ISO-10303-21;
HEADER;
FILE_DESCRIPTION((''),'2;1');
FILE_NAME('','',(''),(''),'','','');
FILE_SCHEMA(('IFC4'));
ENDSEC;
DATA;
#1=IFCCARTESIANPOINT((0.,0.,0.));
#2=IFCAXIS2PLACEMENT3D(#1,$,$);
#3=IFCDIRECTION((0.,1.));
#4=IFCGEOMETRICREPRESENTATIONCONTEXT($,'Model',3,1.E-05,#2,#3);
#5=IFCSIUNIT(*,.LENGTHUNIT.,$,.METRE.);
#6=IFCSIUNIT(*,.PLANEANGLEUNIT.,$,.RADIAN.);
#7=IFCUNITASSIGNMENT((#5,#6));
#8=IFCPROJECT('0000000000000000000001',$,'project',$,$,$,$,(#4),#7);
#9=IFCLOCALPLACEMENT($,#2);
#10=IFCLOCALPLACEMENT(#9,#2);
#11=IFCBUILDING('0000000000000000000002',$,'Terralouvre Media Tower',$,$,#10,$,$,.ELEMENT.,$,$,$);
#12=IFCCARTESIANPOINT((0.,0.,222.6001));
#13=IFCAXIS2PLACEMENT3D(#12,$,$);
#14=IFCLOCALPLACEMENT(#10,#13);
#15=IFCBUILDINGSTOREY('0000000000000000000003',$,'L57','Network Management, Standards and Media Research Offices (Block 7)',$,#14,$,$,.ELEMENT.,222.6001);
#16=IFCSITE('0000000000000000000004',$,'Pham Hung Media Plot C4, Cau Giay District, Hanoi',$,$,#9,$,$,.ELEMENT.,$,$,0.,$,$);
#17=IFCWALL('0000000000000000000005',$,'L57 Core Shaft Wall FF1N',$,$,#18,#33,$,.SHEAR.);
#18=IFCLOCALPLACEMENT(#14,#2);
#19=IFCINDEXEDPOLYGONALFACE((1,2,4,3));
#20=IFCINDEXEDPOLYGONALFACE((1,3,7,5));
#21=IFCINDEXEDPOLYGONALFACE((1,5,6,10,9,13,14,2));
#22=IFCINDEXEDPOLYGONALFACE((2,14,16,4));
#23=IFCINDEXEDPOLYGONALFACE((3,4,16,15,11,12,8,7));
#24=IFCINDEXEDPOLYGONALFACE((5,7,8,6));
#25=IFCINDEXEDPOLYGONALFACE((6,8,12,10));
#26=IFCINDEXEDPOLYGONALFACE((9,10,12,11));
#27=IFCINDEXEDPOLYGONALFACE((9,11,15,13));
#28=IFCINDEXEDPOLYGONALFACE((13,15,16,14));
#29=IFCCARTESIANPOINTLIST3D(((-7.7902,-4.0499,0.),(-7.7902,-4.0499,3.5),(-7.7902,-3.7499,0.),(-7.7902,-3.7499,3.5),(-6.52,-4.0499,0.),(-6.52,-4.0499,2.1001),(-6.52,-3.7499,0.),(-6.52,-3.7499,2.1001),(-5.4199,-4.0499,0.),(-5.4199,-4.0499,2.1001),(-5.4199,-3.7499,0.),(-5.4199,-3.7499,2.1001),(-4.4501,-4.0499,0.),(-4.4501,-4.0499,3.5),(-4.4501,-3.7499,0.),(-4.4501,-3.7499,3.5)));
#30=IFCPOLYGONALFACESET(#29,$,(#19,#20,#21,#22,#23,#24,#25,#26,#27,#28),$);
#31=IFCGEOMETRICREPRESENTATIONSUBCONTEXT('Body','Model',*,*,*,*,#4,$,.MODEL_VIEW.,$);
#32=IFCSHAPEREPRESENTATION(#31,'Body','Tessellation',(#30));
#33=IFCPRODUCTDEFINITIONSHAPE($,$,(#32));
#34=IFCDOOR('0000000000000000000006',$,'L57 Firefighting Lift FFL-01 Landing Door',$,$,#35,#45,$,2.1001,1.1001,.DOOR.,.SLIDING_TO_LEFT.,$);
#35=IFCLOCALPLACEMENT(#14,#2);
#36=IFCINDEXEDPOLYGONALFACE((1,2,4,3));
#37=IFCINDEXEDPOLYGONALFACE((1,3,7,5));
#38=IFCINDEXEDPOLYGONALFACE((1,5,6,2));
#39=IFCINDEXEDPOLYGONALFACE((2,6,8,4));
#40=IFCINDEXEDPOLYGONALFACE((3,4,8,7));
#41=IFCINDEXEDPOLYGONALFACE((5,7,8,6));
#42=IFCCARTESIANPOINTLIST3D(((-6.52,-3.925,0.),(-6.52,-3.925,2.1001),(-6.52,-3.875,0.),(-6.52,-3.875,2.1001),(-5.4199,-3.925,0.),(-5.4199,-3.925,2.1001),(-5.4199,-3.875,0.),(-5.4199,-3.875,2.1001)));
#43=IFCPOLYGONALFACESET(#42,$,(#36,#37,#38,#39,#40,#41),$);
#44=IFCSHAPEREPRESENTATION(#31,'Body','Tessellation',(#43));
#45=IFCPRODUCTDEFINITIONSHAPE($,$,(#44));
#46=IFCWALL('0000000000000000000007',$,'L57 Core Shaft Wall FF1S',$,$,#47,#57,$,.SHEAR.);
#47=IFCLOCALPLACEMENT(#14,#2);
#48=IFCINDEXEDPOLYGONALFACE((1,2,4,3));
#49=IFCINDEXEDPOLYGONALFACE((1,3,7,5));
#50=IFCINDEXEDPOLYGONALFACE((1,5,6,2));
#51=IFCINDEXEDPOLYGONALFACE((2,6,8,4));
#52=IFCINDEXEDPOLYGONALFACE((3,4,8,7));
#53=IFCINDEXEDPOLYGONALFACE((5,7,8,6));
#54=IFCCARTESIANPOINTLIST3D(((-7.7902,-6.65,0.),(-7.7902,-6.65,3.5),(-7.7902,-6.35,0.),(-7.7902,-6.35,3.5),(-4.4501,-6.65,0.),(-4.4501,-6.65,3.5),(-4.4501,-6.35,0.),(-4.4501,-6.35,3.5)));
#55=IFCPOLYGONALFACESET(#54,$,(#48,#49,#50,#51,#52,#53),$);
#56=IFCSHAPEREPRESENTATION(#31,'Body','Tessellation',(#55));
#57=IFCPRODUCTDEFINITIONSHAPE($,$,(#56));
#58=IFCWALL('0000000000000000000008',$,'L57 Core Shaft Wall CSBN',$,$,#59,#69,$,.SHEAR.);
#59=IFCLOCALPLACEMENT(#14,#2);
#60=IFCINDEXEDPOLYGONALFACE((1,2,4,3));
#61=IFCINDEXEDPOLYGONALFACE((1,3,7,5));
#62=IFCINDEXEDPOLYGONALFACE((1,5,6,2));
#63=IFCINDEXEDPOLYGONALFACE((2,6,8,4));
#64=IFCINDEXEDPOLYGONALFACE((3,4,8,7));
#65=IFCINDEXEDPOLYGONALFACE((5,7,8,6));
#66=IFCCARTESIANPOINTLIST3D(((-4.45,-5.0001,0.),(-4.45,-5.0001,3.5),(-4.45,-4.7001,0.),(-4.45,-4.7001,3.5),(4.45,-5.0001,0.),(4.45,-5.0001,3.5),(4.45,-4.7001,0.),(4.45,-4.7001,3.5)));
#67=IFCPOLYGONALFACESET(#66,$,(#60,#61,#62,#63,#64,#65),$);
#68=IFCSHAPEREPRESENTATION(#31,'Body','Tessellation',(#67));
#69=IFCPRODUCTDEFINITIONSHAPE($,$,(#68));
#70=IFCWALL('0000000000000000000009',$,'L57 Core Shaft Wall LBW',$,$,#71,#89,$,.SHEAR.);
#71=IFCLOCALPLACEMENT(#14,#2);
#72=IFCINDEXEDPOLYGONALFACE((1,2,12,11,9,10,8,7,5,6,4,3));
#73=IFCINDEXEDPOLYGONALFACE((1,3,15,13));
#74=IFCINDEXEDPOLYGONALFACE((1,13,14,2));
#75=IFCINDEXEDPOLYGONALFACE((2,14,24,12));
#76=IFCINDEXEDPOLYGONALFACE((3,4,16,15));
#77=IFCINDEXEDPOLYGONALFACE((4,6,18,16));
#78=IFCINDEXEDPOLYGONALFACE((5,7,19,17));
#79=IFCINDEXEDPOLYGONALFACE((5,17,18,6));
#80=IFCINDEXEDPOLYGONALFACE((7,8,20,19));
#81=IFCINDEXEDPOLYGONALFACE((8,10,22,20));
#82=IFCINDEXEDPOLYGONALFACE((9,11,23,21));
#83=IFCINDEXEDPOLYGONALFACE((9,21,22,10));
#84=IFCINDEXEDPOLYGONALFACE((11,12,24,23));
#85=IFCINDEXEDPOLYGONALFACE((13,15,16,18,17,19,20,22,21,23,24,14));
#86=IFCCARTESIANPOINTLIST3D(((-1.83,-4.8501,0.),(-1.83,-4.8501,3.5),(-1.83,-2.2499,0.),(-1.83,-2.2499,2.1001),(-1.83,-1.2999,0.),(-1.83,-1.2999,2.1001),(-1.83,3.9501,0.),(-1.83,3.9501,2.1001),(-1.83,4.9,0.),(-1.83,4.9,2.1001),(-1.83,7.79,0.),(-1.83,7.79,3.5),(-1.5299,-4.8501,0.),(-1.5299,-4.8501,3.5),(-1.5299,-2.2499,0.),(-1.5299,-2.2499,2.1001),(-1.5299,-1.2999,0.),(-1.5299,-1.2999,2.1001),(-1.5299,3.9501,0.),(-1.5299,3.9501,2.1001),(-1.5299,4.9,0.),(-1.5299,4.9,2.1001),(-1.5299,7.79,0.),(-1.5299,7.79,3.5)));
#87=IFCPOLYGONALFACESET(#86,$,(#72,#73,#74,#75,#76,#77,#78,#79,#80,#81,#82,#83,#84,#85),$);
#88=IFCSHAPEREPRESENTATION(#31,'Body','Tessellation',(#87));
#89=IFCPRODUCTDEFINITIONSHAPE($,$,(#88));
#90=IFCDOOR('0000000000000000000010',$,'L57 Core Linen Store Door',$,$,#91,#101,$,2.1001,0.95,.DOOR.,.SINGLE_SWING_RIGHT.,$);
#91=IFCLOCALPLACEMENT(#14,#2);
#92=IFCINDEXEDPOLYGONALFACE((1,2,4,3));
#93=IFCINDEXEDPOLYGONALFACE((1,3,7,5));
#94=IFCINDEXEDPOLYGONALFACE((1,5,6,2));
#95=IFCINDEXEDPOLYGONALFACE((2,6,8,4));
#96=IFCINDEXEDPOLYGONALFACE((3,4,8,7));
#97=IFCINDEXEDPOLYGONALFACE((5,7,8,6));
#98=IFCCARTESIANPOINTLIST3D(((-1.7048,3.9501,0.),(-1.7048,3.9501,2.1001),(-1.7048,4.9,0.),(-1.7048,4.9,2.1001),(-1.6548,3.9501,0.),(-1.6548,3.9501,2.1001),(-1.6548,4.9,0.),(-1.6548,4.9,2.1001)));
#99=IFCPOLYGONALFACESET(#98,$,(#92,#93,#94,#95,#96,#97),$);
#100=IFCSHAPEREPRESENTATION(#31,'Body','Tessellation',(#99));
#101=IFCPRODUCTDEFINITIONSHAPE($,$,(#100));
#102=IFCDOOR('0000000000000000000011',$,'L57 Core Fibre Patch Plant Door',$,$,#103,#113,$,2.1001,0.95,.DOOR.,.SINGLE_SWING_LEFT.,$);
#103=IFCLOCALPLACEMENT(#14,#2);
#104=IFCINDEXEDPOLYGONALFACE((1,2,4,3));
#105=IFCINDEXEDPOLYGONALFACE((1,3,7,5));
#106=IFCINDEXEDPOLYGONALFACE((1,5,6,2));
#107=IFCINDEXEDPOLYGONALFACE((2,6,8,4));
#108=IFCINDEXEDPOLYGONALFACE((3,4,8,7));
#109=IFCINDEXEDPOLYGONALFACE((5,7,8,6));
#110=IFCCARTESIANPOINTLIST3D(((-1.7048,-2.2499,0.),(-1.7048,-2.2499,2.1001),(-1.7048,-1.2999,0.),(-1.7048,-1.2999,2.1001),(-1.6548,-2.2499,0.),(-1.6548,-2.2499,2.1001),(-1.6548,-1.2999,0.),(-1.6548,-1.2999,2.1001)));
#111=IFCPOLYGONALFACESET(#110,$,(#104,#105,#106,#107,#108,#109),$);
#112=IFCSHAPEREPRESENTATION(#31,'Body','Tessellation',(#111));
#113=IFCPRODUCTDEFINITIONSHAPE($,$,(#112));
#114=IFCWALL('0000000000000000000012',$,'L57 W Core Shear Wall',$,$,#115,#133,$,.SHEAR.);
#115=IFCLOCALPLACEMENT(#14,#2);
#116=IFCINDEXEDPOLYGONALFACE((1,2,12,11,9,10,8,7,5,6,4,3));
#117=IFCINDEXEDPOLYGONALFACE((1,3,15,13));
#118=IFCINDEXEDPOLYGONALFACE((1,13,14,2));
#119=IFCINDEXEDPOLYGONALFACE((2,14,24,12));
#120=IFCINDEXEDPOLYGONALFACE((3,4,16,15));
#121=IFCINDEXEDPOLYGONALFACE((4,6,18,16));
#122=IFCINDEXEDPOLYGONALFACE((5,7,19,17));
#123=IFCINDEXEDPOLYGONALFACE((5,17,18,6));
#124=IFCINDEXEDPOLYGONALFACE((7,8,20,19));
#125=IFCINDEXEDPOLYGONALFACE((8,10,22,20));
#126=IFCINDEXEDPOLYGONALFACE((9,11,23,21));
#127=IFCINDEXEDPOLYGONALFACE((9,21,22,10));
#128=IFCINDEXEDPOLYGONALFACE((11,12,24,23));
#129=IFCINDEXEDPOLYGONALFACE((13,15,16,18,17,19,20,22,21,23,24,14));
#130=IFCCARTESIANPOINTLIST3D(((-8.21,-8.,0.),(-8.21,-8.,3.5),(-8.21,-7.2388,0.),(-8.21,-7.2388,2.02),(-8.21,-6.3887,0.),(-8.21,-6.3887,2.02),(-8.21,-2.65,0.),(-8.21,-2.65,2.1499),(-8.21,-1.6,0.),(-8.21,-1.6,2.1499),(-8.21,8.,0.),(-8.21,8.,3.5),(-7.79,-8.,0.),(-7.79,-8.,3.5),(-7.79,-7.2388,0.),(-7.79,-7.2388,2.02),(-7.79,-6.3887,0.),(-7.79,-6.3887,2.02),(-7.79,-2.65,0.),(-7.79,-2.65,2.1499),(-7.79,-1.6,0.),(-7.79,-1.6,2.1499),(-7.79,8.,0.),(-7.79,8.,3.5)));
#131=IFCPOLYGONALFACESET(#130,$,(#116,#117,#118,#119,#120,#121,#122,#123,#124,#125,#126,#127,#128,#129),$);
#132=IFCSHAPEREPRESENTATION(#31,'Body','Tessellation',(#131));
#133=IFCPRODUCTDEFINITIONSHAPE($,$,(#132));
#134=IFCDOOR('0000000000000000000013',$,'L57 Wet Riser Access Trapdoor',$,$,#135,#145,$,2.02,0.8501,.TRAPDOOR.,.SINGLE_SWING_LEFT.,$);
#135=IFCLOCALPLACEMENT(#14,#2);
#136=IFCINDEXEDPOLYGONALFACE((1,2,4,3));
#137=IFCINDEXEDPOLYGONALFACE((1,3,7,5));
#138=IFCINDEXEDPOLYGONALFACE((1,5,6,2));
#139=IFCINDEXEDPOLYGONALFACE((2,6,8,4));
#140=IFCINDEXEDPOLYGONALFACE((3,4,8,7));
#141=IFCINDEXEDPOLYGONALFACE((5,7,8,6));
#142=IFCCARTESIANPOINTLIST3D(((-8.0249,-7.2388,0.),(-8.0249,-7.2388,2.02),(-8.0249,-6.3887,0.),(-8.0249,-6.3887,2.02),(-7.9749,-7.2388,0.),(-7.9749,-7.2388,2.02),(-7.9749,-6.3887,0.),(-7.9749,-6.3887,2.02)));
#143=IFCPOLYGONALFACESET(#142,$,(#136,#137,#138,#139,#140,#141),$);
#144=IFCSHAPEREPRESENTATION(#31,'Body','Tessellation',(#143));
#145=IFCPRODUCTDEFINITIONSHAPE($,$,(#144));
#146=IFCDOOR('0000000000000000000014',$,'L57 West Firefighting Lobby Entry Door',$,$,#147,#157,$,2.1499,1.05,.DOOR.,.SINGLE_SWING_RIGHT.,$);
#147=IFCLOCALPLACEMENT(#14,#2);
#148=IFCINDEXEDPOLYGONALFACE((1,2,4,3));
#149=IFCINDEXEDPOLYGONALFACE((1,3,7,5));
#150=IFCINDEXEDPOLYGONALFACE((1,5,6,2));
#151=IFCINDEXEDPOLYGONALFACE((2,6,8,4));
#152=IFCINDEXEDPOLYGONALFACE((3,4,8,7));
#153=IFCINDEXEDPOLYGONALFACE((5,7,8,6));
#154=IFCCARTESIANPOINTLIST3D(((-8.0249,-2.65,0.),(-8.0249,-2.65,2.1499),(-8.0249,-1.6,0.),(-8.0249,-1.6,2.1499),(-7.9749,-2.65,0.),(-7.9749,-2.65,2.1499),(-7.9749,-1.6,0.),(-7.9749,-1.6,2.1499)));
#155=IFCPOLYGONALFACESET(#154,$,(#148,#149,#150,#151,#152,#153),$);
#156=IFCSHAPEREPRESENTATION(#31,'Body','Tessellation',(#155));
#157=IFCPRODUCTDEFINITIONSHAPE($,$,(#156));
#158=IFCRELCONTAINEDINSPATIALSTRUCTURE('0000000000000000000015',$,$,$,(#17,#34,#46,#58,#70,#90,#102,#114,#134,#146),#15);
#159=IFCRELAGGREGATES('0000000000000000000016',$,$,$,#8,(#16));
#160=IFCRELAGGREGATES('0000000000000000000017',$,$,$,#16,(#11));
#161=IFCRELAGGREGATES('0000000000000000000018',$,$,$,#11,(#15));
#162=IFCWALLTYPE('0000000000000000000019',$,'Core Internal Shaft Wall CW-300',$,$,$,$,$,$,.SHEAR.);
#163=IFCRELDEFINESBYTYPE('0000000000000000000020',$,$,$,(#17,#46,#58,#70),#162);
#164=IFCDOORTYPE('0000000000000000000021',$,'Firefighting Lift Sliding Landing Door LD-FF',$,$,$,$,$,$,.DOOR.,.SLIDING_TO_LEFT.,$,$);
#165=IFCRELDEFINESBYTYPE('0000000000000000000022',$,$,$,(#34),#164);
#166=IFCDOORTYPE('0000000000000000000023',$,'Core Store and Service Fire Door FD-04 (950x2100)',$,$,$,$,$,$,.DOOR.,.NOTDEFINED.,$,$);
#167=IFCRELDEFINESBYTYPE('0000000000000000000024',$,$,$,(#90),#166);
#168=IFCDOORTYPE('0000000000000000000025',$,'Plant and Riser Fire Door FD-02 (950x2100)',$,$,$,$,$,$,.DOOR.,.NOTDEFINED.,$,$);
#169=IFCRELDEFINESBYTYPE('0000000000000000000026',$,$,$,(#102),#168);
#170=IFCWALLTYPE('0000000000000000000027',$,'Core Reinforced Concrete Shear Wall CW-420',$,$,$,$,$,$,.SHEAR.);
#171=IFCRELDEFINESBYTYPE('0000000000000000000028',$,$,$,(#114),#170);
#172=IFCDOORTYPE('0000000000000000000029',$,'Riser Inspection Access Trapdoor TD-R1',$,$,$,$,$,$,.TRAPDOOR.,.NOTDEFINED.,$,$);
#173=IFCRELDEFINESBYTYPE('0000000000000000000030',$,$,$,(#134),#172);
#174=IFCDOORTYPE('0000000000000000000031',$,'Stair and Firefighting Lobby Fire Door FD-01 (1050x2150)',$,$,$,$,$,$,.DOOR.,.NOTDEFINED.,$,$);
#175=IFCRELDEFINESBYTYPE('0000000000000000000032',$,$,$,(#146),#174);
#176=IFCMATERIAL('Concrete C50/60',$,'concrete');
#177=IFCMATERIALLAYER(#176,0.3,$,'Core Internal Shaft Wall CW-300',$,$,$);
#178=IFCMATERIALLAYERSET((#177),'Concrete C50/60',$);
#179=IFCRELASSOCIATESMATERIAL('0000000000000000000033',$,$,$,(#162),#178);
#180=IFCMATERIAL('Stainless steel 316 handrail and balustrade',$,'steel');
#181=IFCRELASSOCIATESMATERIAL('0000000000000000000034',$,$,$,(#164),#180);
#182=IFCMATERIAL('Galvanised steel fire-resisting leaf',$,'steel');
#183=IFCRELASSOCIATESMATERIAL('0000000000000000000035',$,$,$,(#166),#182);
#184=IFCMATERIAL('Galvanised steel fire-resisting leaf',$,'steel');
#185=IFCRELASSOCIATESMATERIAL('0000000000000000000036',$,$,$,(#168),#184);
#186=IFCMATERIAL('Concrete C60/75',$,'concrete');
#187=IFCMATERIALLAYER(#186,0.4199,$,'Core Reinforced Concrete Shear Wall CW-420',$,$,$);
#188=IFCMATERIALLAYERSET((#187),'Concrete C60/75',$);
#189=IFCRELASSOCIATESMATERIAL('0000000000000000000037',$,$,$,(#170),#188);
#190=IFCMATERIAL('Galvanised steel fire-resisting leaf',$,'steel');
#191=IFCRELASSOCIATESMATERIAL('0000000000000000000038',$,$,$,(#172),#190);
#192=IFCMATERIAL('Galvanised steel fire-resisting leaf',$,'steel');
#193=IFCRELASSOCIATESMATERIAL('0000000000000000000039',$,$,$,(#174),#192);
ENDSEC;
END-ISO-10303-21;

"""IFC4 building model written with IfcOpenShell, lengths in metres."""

from ifc_helpers import new_model, si_unit, direction, frame, frame_2d, origin, place, context, subcontext, project, spatial, rectangle, extrude, material, layer, layer_set, type_object, element, fill, save


model = new_model("IFC4")

# Units and contexts
model_context = context("Model", 3, precision=1e-05, world=origin(), true_north=direction((0.0, 1.0)))
body_context = subcontext(model_context, "Body", "Model", "MODEL_VIEW")
ifc_project = project(units=[si_unit("LENGTHUNIT", "METRE"), si_unit("PLANEANGLEUNIT", "RADIAN")], contexts=[model_context])

# Site, building, storey
site_placement = place(None, origin())
site = spatial("IfcSite", under=ifc_project, at=site_placement, Name="Pham Hung Media Plot C4, Cau Giay District, Hanoi", CompositionType="ELEMENT", RefElevation=0.0)
building_placement = place(site_placement, origin())
building = spatial("IfcBuilding", under=site, at=building_placement, Name="Terralouvre Media Tower", CompositionType="ELEMENT")
storey_placement = place(building_placement, frame((0.0, 0.0, 222.6001)))
storey = spatial("IfcBuildingStorey", under=building, at=storey_placement, Name="L57", Description="Network Management, Standards and Media Research Offices (Block 7)", CompositionType="ELEMENT", Elevation=222.6001)

# Shared definitions
ifc_material_1 = material(Name="Concrete C50/60", Category="concrete")
ifc_layer_1 = layer(ifc_material_1, 0.3, Name="Core Internal Shaft Wall CW-300")
ifc_layer_set_1 = layer_set([ifc_layer_1], Name="Concrete C50/60")
wall_type_1 = type_object("IfcWallType", Name="Core Internal Shaft Wall CW-300", PredefinedType="SHEAR", material=ifc_layer_set_1)

# Wall, opening, door
wall_1_placement = place(storey_placement, frame((-7.79, -3.8999, 0.0), z_axis=(0.0, 0.0, 1.0), x_axis=(1.0, 0.0, 0.0)))
wall_1 = element("IfcWall", 1, at=wall_1_placement, inside=storey, type_object=wall_type_1, Name="L57 Core Shaft Wall FF1N", PredefinedType="SHEAR", context=body_context, shape_type="SweptSolid", body=[
    extrude(rectangle(XDim=3.3401, YDim=0.3, at=frame_2d((1.6699, 0.0))), origin(), (0.0, 0.0, 1.0), 3.5),
])
opening_1_placement = place(wall_1_placement, frame((1.27, 0.0, 0.0)))
opening_1 = element("IfcOpeningElement", 2, at=opening_1_placement, cuts=wall_1, PredefinedType="OPENING", context=body_context, shape_type="SweptSolid", body=[
    extrude(rectangle(XDim=1.1001, YDim=2.1001, at=frame_2d((0.55, 1.05))), frame((0.0, 0.1599, 0.0), z_axis=(0.0, -1.0, 0.0), x_axis=(1.0, 0.0, 0.0)), (0.0, 0.0, 1.0), 0.3201),
])
ifc_material_2 = material(Name="Stainless steel 316 handrail and balustrade", Category="steel")
door_type_1 = type_object("IfcDoorType", Name="Firefighting Lift Sliding Landing Door LD-FF", OperationType="SLIDING_TO_LEFT", PredefinedType="DOOR", material=ifc_material_2)
door_1_placement = place(opening_1_placement, origin())
door_1 = element("IfcDoor", 3, at=door_1_placement, inside=storey, type_object=door_type_1, Name="L57 Firefighting Lift FFL-01 Landing Door", OperationType="SLIDING_TO_LEFT", OverallHeight=2.1001, OverallWidth=1.1001, PredefinedType="DOOR", context=body_context, shape_type="SweptSolid", body=[
    extrude(rectangle(XDim=1.1001, YDim=2.1001, at=frame_2d((0.55, 1.05))), frame((0.0, 0.0249, 0.0), z_axis=(0.0, -1.0, 0.0), x_axis=(1.0, 0.0, 0.0)), (0.0, 0.0, 1.0), 0.05),
])
fill(opening_1, door_1)

# Walls
wall_2_placement = place(storey_placement, frame((-7.79, -6.5, 0.0), z_axis=(0.0, 0.0, 1.0), x_axis=(1.0, 0.0, 0.0)))
element("IfcWall", 4, at=wall_2_placement, inside=storey, type_object=wall_type_1, Name="L57 Core Shaft Wall FF1S", PredefinedType="SHEAR", context=body_context, shape_type="SweptSolid", body=[
    extrude(rectangle(XDim=3.3401, YDim=0.3, at=frame_2d((1.6699, 0.0))), origin(), (0.0, 0.0, 1.0), 3.5),
])
wall_3_placement = place(storey_placement, frame((-4.45, -4.8501, 0.0), z_axis=(0.0, 0.0, 1.0), x_axis=(1.0, 0.0, 0.0)))
element("IfcWall", 5, at=wall_3_placement, inside=storey, type_object=wall_type_1, Name="L57 Core Shaft Wall CSBN", PredefinedType="SHEAR", context=body_context, shape_type="SweptSolid", body=[
    extrude(rectangle(XDim=8.8999, YDim=0.3, at=frame_2d((4.45, 0.0))), origin(), (0.0, 0.0, 1.0), 3.5),
])

# Walls, openings, doors
wall_4_placement = place(storey_placement, frame((-1.6799, -4.8501, 0.0), z_axis=(0.0, 0.0, 1.0), x_axis=(0.0, 1.0, 0.0)))
wall_4 = element("IfcWall", 6, at=wall_4_placement, inside=storey, type_object=wall_type_1, Name="L57 Core Shaft Wall LBW", PredefinedType="SHEAR", context=body_context, shape_type="SweptSolid", body=[
    extrude(rectangle(XDim=12.6401, YDim=0.3, at=frame_2d((6.3201, 0.0))), origin(), (0.0, 0.0, 1.0), 3.5),
])
opening_2_placement = place(wall_4_placement, frame((2.6001, 0.0, 0.0)))
opening_2 = element("IfcOpeningElement", 7, at=opening_2_placement, cuts=wall_4, PredefinedType="OPENING", context=body_context, shape_type="SweptSolid", body=[
    extrude(rectangle(XDim=0.95, YDim=2.1001, at=frame_2d((0.4751, 1.05))), frame((0.0, 0.1599, 0.0), z_axis=(0.0, -1.0, 0.0), x_axis=(1.0, 0.0, 0.0)), (0.0, 0.0, 1.0), 0.3201),
])
opening_3_placement = place(wall_4_placement, frame((8.8, 0.0, 0.0)))
opening_3 = element("IfcOpeningElement", 8, at=opening_3_placement, cuts=wall_4, PredefinedType="OPENING", context=body_context, shape_type="SweptSolid", body=[
    extrude(rectangle(XDim=0.95, YDim=2.1001, at=frame_2d((0.4751, 1.05))), frame((0.0, 0.1599, 0.0), z_axis=(0.0, -1.0, 0.0), x_axis=(1.0, 0.0, 0.0)), (0.0, 0.0, 1.0), 0.3201),
])
ifc_material_3 = material(Name="Galvanised steel fire-resisting leaf", Category="steel")
door_type_2 = type_object("IfcDoorType", Name="Core Store and Service Fire Door FD-04 (950x2100)", OperationType="NOTDEFINED", PredefinedType="DOOR", material=ifc_material_3)
door_2_placement = place(opening_3_placement, origin())
door_2 = element("IfcDoor", 9, at=door_2_placement, inside=storey, type_object=door_type_2, Name="L57 Core Linen Store Door", OperationType="SINGLE_SWING_RIGHT", OverallHeight=2.1001, OverallWidth=0.95, PredefinedType="DOOR", context=body_context, shape_type="SweptSolid", body=[
    extrude(rectangle(XDim=0.95, YDim=2.1001, at=frame_2d((0.4751, 1.05))), frame((0.0, 0.0249, 0.0), z_axis=(0.0, -1.0, 0.0), x_axis=(1.0, 0.0, 0.0)), (0.0, 0.0, 1.0), 0.05),
])
fill(opening_3, door_2)
ifc_material_4 = material(Name="Galvanised steel fire-resisting leaf", Category="steel")
door_type_3 = type_object("IfcDoorType", Name="Plant and Riser Fire Door FD-02 (950x2100)", OperationType="NOTDEFINED", PredefinedType="DOOR", material=ifc_material_4)
door_3_placement = place(opening_2_placement, origin())
door_3 = element("IfcDoor", 10, at=door_3_placement, inside=storey, type_object=door_type_3, Name="L57 Core Fibre Patch Plant Door", OperationType="SINGLE_SWING_LEFT", OverallHeight=2.1001, OverallWidth=0.95, PredefinedType="DOOR", context=body_context, shape_type="SweptSolid", body=[
    extrude(rectangle(XDim=0.95, YDim=2.1001, at=frame_2d((0.4751, 1.05))), frame((0.0, 0.0249, 0.0), z_axis=(0.0, -1.0, 0.0), x_axis=(1.0, 0.0, 0.0)), (0.0, 0.0, 1.0), 0.05),
])
fill(opening_2, door_3)
ifc_material_5 = material(Name="Concrete C60/75", Category="concrete")
ifc_layer_2 = layer(ifc_material_5, 0.4199, Name="Core Reinforced Concrete Shear Wall CW-420")
ifc_layer_set_2 = layer_set([ifc_layer_2], Name="Concrete C60/75")
wall_type_2 = type_object("IfcWallType", Name="Core Reinforced Concrete Shear Wall CW-420", PredefinedType="SHEAR", material=ifc_layer_set_2)
wall_5_placement = place(storey_placement, frame((-8.0, -8.0, 0.0), z_axis=(0.0, 0.0, 1.0), x_axis=(0.0, 1.0, 0.0)))
wall_5 = element("IfcWall", 11, at=wall_5_placement, inside=storey, type_object=wall_type_2, Name="L57 W Core Shear Wall", PredefinedType="SHEAR", context=body_context, shape_type="SweptSolid", body=[
    extrude(rectangle(XDim=16.0, YDim=0.4199, at=frame_2d((8.0, 0.0))), origin(), (0.0, 0.0, 1.0), 3.5),
])
opening_4_placement = place(wall_5_placement, frame((0.7612, 0.0, 0.0)))
opening_4 = element("IfcOpeningElement", 12, at=opening_4_placement, cuts=wall_5, PredefinedType="OPENING", context=body_context, shape_type="SweptSolid", body=[
    extrude(rectangle(XDim=0.8501, YDim=2.02, at=frame_2d((0.425, 1.01))), frame((0.0, 0.22, 0.0), z_axis=(0.0, -1.0, 0.0), x_axis=(1.0, 0.0, 0.0)), (0.0, 0.0, 1.0), 0.4399),
])
opening_5_placement = place(wall_5_placement, frame((5.3501, 0.0, 0.0)))
opening_5 = element("IfcOpeningElement", 13, at=opening_5_placement, cuts=wall_5, PredefinedType="OPENING", context=body_context, shape_type="SweptSolid", body=[
    extrude(rectangle(XDim=1.05, YDim=2.1499, at=frame_2d((0.5249, 1.075))), frame((0.0, 0.22, 0.0), z_axis=(0.0, -1.0, 0.0), x_axis=(1.0, 0.0, 0.0)), (0.0, 0.0, 1.0), 0.4399),
])
ifc_material_6 = material(Name="Galvanised steel fire-resisting leaf", Category="steel")
door_type_4 = type_object("IfcDoorType", Name="Riser Inspection Access Trapdoor TD-R1", OperationType="NOTDEFINED", PredefinedType="TRAPDOOR", material=ifc_material_6)
door_4_placement = place(opening_4_placement, origin())
door_4 = element("IfcDoor", 14, at=door_4_placement, inside=storey, type_object=door_type_4, Name="L57 Wet Riser Access Trapdoor", OperationType="SINGLE_SWING_LEFT", OverallHeight=2.02, OverallWidth=0.8501, PredefinedType="TRAPDOOR", context=body_context, shape_type="SweptSolid", body=[
    extrude(rectangle(XDim=0.8501, YDim=2.02, at=frame_2d((0.425, 1.01))), frame((0.0, 0.0249, 0.0), z_axis=(0.0, -1.0, 0.0), x_axis=(1.0, 0.0, 0.0)), (0.0, 0.0, 1.0), 0.05),
])
fill(opening_4, door_4)
ifc_material_7 = material(Name="Galvanised steel fire-resisting leaf", Category="steel")
door_type_5 = type_object("IfcDoorType", Name="Stair and Firefighting Lobby Fire Door FD-01 (1050x2150)", OperationType="NOTDEFINED", PredefinedType="DOOR", material=ifc_material_7)
door_5_placement = place(opening_5_placement, origin())
door_5 = element("IfcDoor", 15, at=door_5_placement, inside=storey, type_object=door_type_5, Name="L57 West Firefighting Lobby Entry Door", OperationType="SINGLE_SWING_RIGHT", OverallHeight=2.1499, OverallWidth=1.05, PredefinedType="DOOR", context=body_context, shape_type="SweptSolid", body=[
    extrude(rectangle(XDim=1.05, YDim=2.1499, at=frame_2d((0.5249, 1.075))), frame((0.0, 0.0249, 0.0), z_axis=(0.0, -1.0, 0.0), x_axis=(1.0, 0.0, 0.0)), (0.0, 0.0, 1.0), 0.05),
])
fill(opening_5, door_5)

save(model, "model.ifc")
